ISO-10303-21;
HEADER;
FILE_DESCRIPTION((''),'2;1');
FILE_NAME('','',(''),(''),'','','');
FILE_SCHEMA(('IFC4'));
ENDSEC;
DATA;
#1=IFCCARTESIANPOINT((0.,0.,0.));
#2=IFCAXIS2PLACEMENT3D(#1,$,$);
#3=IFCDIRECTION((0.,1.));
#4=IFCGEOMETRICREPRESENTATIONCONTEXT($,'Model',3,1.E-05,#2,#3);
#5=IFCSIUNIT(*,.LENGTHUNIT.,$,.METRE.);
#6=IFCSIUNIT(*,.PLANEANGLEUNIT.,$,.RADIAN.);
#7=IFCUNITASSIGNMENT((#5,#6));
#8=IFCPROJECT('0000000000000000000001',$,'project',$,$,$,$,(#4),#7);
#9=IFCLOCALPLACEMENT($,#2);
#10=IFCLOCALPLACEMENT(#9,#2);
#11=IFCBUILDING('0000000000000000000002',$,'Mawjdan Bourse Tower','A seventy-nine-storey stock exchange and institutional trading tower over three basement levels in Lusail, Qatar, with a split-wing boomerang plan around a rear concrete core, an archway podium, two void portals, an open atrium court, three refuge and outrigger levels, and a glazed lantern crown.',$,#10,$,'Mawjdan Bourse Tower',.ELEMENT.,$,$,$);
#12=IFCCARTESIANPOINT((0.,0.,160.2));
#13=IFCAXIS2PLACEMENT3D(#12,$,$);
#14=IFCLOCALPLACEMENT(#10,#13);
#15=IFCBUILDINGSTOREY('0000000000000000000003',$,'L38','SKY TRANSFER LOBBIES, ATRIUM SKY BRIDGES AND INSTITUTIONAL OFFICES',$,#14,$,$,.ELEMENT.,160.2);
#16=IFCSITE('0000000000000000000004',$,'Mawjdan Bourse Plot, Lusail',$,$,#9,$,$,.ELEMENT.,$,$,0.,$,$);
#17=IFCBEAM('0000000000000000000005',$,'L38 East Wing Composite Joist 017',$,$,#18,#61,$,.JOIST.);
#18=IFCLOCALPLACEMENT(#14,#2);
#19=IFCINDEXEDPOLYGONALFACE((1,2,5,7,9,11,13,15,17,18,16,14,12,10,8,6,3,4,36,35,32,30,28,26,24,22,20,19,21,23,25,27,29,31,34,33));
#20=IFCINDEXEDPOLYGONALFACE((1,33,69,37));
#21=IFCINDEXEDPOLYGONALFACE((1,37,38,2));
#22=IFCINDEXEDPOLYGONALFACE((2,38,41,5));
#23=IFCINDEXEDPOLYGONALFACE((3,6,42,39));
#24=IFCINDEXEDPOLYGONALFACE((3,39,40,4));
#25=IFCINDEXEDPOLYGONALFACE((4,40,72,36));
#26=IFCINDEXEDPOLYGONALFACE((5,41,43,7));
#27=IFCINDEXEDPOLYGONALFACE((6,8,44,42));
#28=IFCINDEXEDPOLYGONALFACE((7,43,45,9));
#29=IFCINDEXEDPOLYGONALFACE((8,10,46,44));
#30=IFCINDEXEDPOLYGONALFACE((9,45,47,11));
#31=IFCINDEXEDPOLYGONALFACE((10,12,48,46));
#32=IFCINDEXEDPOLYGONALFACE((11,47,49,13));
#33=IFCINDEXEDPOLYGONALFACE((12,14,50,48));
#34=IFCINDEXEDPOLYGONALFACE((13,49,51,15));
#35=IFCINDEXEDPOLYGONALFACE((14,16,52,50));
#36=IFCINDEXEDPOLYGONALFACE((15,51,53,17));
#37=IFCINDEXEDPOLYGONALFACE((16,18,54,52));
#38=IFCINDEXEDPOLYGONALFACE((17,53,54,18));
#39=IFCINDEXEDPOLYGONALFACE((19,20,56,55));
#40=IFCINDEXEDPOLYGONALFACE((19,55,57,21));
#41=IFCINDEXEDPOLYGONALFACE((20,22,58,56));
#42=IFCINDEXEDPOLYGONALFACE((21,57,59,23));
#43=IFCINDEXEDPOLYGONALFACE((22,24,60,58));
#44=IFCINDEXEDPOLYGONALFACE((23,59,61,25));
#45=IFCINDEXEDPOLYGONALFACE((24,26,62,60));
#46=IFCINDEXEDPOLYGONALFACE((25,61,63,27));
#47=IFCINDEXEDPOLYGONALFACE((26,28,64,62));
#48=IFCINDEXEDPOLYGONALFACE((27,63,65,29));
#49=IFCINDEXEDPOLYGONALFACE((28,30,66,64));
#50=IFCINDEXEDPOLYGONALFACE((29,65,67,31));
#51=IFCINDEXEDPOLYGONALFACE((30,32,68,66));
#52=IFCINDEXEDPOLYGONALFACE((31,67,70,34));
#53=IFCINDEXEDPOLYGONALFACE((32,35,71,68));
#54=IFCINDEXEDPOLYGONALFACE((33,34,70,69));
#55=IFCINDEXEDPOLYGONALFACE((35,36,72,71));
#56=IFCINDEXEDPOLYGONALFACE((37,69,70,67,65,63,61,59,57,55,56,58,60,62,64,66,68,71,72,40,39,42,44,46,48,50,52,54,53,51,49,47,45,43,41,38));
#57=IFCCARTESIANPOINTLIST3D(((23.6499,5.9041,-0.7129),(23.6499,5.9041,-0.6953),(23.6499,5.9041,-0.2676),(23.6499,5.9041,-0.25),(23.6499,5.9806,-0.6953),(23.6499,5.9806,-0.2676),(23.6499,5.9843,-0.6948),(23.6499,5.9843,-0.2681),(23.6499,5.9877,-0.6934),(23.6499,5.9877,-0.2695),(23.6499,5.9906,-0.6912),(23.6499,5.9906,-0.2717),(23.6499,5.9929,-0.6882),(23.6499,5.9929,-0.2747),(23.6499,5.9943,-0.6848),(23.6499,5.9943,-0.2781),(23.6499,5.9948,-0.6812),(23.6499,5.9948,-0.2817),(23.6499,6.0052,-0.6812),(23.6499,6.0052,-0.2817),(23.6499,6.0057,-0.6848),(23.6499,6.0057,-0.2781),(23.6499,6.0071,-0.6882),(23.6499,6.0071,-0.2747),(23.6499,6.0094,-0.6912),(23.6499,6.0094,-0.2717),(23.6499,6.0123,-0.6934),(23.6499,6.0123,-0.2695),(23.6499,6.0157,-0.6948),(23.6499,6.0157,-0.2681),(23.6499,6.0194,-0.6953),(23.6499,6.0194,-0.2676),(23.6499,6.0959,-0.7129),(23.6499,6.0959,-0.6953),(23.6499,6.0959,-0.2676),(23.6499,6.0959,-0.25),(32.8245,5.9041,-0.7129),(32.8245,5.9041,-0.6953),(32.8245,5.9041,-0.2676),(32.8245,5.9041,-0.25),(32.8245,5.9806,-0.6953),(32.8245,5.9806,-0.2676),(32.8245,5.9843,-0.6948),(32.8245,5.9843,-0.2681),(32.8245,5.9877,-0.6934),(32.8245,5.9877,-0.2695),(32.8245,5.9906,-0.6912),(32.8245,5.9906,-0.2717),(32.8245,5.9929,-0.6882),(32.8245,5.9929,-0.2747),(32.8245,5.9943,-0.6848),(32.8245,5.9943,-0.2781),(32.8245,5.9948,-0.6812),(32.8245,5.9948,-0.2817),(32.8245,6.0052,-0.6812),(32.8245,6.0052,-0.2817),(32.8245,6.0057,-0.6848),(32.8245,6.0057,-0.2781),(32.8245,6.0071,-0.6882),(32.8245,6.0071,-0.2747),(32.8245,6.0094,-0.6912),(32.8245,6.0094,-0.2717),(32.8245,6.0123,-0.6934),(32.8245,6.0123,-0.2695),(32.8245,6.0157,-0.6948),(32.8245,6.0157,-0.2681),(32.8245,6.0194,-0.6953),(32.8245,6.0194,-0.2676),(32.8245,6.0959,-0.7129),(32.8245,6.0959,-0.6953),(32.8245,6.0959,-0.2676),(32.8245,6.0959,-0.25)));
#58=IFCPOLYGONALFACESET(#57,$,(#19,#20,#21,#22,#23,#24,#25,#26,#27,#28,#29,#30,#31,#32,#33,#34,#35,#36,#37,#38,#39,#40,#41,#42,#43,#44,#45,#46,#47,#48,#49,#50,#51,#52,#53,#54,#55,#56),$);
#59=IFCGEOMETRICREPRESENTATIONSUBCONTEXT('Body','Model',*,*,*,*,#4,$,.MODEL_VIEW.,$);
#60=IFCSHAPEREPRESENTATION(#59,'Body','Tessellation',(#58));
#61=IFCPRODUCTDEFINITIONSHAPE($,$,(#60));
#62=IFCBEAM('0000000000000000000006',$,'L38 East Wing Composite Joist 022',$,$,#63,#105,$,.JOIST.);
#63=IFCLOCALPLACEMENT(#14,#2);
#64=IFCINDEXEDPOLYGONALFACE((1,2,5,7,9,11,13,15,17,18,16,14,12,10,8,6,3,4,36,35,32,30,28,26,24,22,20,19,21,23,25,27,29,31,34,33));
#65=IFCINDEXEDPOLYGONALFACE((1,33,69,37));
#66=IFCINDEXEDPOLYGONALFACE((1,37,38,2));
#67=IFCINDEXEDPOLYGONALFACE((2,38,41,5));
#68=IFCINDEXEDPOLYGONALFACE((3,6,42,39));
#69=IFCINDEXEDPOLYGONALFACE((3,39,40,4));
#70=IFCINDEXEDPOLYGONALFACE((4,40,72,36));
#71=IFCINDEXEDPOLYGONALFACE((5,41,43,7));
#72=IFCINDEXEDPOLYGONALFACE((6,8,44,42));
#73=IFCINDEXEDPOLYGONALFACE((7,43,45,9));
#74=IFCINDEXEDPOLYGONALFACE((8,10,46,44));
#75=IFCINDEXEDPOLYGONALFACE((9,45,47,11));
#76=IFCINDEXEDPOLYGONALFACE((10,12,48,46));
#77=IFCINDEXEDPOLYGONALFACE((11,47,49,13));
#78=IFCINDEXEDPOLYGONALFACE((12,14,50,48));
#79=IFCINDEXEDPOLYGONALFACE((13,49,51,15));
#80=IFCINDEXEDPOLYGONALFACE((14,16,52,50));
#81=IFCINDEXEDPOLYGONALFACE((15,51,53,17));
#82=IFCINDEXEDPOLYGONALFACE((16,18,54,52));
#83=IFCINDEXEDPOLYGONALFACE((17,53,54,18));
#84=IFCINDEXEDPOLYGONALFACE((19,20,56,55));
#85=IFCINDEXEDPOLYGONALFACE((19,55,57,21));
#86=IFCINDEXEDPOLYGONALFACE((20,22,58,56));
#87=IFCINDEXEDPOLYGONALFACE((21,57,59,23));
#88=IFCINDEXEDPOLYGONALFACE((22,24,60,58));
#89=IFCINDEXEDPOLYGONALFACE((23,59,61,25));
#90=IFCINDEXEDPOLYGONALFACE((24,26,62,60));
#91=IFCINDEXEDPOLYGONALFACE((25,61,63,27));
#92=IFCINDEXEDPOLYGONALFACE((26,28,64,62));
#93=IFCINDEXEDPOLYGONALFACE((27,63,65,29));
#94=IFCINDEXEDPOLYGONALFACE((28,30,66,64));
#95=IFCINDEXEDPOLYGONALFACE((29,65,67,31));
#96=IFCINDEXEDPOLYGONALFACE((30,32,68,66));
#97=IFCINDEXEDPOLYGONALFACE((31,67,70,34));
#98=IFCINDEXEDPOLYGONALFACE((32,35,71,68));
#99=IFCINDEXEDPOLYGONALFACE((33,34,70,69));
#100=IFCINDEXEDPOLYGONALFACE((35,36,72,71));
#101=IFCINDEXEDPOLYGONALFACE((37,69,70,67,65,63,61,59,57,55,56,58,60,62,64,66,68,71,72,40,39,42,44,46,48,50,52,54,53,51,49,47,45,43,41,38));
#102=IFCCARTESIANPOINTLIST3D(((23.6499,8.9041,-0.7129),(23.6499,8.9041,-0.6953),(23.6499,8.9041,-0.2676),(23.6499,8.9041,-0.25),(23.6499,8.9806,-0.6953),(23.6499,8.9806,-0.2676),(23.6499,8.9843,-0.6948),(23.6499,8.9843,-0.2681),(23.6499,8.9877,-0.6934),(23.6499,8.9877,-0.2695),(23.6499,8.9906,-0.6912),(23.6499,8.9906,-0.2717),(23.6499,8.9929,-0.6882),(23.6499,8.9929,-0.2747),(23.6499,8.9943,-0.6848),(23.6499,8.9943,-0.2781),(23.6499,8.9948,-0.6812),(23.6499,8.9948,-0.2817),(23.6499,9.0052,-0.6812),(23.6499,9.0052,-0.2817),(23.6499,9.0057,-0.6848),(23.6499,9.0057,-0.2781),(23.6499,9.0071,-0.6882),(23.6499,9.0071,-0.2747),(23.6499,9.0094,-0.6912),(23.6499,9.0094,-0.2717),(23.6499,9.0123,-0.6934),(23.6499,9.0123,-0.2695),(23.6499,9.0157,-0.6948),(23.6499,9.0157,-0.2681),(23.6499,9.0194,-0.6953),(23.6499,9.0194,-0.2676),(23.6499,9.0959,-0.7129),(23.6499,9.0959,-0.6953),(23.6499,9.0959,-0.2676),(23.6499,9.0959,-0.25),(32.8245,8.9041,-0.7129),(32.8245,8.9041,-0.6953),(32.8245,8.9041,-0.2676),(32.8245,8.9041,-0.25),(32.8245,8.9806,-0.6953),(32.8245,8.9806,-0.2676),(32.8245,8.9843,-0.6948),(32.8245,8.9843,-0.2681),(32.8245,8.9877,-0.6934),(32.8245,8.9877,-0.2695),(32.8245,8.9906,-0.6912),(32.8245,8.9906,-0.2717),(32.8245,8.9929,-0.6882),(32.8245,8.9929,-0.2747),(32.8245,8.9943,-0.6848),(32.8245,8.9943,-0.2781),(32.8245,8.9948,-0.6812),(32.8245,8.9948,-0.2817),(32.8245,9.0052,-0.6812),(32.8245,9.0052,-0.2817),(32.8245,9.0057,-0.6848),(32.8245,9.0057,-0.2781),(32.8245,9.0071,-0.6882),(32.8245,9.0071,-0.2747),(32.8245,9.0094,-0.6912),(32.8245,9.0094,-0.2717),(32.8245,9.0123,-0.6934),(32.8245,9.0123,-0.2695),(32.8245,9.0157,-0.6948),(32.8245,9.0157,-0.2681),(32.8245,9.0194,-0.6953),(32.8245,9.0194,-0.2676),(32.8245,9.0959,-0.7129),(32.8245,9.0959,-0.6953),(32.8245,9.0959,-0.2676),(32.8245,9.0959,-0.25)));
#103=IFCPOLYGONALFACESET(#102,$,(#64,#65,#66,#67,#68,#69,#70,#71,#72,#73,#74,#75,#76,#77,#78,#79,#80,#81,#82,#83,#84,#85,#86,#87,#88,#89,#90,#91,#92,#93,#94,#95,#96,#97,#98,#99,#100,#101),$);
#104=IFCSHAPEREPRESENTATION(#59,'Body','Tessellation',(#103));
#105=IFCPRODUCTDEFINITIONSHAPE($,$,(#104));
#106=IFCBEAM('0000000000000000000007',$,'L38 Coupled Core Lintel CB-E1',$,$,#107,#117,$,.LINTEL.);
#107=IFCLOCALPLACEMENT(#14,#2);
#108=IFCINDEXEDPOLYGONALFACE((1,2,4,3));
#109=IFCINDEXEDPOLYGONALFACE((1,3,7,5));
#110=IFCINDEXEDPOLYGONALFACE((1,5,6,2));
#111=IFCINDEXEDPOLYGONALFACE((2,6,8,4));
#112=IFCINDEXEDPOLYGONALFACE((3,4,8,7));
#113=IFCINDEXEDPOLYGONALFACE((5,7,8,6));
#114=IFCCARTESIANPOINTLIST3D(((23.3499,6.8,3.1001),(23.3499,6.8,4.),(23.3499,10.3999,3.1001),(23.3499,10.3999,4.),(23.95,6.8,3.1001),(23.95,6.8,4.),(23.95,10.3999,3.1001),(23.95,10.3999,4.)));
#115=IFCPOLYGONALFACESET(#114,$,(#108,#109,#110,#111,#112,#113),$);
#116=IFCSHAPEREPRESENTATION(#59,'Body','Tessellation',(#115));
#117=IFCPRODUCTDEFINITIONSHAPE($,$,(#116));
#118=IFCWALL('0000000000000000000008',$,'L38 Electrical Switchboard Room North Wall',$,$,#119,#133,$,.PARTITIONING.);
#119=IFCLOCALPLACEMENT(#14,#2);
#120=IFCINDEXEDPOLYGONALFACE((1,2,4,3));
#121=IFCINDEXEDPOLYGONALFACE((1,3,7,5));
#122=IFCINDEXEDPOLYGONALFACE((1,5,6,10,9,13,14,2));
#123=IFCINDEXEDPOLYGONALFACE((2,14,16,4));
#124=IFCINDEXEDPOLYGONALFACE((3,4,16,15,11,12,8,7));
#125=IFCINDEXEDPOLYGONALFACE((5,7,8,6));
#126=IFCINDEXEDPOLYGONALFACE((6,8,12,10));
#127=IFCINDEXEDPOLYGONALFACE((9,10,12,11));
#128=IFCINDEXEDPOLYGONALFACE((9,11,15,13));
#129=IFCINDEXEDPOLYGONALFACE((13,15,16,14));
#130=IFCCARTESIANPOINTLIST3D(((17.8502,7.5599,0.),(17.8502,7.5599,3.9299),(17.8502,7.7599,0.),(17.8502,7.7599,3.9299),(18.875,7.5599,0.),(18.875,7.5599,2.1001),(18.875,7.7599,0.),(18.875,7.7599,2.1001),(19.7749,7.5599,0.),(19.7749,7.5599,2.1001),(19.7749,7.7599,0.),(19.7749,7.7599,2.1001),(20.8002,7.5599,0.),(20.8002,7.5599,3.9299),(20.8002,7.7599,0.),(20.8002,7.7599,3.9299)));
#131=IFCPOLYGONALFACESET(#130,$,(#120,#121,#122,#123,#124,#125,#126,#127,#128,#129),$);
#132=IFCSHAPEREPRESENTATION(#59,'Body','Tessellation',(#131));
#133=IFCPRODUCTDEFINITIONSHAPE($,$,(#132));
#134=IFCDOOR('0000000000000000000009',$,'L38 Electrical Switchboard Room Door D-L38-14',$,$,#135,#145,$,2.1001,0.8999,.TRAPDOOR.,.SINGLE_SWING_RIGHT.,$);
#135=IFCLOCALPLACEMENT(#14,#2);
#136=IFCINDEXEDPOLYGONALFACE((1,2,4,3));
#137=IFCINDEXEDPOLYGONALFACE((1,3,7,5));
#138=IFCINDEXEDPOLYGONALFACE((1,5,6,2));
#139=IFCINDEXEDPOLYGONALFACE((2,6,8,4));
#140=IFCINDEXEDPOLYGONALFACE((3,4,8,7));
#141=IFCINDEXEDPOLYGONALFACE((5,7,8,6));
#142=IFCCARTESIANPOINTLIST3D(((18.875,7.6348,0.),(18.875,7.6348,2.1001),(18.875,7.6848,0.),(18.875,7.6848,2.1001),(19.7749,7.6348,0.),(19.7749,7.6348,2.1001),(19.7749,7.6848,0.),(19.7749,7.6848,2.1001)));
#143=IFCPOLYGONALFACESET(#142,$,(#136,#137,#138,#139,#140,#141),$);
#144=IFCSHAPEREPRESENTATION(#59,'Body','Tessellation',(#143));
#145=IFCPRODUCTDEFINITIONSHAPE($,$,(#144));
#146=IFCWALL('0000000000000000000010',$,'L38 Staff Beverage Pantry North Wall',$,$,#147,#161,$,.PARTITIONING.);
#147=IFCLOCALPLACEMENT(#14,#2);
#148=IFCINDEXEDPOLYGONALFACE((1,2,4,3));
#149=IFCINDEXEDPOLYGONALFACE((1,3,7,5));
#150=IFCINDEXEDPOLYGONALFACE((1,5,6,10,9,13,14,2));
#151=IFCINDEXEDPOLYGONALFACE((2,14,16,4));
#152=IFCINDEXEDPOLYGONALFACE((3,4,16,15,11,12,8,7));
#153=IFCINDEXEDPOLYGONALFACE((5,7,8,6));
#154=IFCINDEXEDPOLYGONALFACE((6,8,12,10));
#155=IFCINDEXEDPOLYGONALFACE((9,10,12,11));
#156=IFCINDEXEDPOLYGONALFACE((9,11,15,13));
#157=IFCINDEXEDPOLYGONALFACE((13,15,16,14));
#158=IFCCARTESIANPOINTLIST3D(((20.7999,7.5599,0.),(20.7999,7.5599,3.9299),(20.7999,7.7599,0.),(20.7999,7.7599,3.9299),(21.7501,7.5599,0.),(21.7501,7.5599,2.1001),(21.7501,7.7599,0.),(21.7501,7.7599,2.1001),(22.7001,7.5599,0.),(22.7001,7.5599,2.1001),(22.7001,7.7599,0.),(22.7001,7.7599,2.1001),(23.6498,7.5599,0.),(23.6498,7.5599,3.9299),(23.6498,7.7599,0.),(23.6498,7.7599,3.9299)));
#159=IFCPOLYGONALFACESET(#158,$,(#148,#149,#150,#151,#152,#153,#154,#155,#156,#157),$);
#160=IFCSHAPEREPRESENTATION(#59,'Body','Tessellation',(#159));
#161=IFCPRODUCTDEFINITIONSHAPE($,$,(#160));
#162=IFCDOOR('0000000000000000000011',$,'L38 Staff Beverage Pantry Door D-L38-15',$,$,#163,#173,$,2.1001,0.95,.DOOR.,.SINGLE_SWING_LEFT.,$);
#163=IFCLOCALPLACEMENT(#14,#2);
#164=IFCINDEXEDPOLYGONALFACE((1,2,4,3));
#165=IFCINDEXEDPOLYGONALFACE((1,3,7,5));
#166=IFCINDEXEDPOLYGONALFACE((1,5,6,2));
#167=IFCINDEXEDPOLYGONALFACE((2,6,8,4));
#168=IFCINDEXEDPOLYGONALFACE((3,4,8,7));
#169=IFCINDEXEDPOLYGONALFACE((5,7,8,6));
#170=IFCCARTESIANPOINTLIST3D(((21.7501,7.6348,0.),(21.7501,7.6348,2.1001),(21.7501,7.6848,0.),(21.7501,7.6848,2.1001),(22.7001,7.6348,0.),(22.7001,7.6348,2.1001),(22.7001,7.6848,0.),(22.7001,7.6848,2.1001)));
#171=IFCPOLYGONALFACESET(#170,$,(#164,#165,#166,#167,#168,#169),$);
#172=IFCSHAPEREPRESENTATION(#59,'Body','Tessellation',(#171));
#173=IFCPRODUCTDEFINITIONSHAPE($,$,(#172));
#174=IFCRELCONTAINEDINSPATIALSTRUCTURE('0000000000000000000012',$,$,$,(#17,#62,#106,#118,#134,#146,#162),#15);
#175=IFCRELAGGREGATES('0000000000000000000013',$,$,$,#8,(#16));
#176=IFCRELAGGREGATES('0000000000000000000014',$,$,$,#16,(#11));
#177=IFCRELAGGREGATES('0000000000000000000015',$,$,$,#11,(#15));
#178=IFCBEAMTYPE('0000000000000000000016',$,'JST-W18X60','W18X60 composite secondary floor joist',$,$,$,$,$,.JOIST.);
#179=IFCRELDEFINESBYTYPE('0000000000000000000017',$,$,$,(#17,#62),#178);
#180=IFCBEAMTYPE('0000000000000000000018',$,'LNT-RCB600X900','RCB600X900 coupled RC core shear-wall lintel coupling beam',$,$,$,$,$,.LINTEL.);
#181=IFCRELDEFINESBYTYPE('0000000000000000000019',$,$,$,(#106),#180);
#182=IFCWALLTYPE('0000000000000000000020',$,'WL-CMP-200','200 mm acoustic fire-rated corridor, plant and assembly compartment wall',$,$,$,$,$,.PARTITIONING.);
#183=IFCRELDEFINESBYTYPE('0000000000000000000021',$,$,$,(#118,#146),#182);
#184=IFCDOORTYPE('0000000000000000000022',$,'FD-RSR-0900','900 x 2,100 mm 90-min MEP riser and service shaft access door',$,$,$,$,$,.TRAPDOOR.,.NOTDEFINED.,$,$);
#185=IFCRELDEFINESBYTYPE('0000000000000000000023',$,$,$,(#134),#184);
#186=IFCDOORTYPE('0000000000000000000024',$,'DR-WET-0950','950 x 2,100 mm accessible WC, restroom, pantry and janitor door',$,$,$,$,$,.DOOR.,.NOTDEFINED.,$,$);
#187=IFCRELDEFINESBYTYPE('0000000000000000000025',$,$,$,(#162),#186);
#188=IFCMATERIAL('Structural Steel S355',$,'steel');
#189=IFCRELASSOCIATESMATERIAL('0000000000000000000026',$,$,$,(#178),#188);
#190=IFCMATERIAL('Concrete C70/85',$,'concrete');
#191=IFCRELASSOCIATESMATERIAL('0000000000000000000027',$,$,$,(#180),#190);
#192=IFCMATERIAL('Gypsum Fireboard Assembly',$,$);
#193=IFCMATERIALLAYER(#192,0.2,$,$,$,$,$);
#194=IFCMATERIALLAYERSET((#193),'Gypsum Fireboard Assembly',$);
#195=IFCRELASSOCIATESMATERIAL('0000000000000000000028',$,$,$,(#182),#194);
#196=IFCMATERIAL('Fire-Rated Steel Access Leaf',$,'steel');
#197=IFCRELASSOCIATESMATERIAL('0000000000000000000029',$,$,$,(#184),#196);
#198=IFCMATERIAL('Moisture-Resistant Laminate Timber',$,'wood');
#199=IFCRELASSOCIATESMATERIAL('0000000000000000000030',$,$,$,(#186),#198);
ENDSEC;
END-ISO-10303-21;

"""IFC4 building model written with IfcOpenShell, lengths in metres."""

from ifc_helpers import new_model, si_unit, direction, frame, frame_2d, origin, origin_2d, place, context, subcontext, project, spatial, rectangle, i_section, extrude, material, layer, layer_set, material_profile, profile_set, type_object, element, fill, save


model = new_model("IFC4")

# Units and contexts
model_context = context("Model", 3, precision=1e-05, world=origin(), true_north=direction((0.0, 1.0)))
body_context = subcontext(model_context, "Body", "Model", "MODEL_VIEW")
ifc_project = project(units=[si_unit("LENGTHUNIT", "METRE"), si_unit("PLANEANGLEUNIT", "RADIAN")], contexts=[model_context])

# Site, building, storey
site_placement = place(None, origin())
site = spatial("IfcSite", under=ifc_project, at=site_placement, Name="Mawjdan Bourse Plot, Lusail", CompositionType="ELEMENT", RefElevation=0.0)
building_placement = place(site_placement, origin())
building = spatial("IfcBuilding", under=site, at=building_placement, Name="Mawjdan Bourse Tower", Description="A seventy-nine-storey stock exchange and institutional trading tower over three basement levels in Lusail, Qatar, with a split-wing boomerang plan around a rear concrete core, an archway podium, two void portals, an open atrium court, three refuge and outrigger levels, and a glazed lantern crown.", LongName="Mawjdan Bourse Tower", CompositionType="ELEMENT")
storey_placement = place(building_placement, frame((0.0, 0.0, 160.2)))
storey = spatial("IfcBuildingStorey", under=building, at=storey_placement, Name="L38", Description="SKY TRANSFER LOBBIES, ATRIUM SKY BRIDGES AND INSTITUTIONAL OFFICES", CompositionType="ELEMENT", Elevation=160.2)

# Beams
ifc_material_1 = material(Name="Structural Steel S355", Category="steel")
ifc_material_profile_1 = material_profile(ifc_material_1, i_section(OverallWidth=0.1919, OverallDepth=0.4629, WebThickness=0.0105, FlangeThickness=0.0176, FilletRadius=0.0142, at=origin_2d()), Name="W18X60")
ifc_profile_set_1 = profile_set([ifc_material_profile_1], Name="Structural Steel S355")
beam_type_1 = type_object("IfcBeamType", Name="JST-W18X60", Description="W18X60 composite secondary floor joist", PredefinedType="JOIST", material=ifc_profile_set_1)
for number, where, z_axis, x_axis, name in (
    (1, (23.6499, 6.0, -0.4814), (1.0, 0.0, 0.0), (0.0, 1.0, 0.0), "L38 East Wing Composite Joist 017"),
    (2, (23.6499, 9.0, -0.4814), (1.0, 0.0, 0.0), (0.0, 1.0, 0.0), "L38 East Wing Composite Joist 022"),
):
    element("IfcBeam", number, at=place(storey_placement, frame(where, z_axis=z_axis, x_axis=x_axis)), inside=storey, type_object=beam_type_1, Name=name, PredefinedType="JOIST", context=body_context, shape_type="SweptSolid", body=[
        extrude(i_section(OverallWidth=0.1919, OverallDepth=0.4629, WebThickness=0.0105, FlangeThickness=0.0176, FilletRadius=0.0142, at=origin_2d()), origin(), (0.0, 0.0, 1.0), 9.1746),
    ])
ifc_material_2 = material(Name="Concrete C70/85", Category="concrete")
ifc_material_profile_2 = material_profile(ifc_material_2, rectangle(XDim=0.6001, YDim=0.8999, at=origin_2d()), Name="RCB600X900")
ifc_profile_set_2 = profile_set([ifc_material_profile_2], Name="Concrete C70/85")
beam_type_2 = type_object("IfcBeamType", Name="LNT-RCB600X900", Description="RCB600X900 coupled RC core shear-wall lintel coupling beam", PredefinedType="LINTEL", material=ifc_profile_set_2)
beam_placement = place(storey_placement, frame((23.6499, 6.8, 3.55), z_axis=(0.0, 1.0, 0.0), x_axis=(-1.0, 0.0, 0.0)))
element("IfcBeam", 3, at=beam_placement, inside=storey, type_object=beam_type_2, Name="L38 Coupled Core Lintel CB-E1", PredefinedType="LINTEL", context=body_context, shape_type="SweptSolid", body=[
    extrude(rectangle(XDim=0.6001, YDim=0.8999, at=origin_2d()), origin(), (0.0, 0.0, 1.0), 3.5999),
])

# Walls, openings, doors
ifc_material_3 = material(Name="Gypsum Fireboard Assembly")
ifc_layer_1 = layer(ifc_material_3, 0.2)
ifc_layer_set_1 = layer_set([ifc_layer_1], Name="Gypsum Fireboard Assembly")
wall_type_1 = type_object("IfcWallType", Name="WL-CMP-200", Description="200 mm acoustic fire-rated corridor, plant and assembly compartment wall", PredefinedType="PARTITIONING", material=ifc_layer_set_1)
wall_1_placement = place(storey_placement, frame((17.8501, 7.6599, 0.0), z_axis=(0.0, 0.0, 1.0), x_axis=(1.0, 0.0, 0.0)))
wall_1 = element("IfcWall", 4, at=wall_1_placement, inside=storey, type_object=wall_type_1, Name="L38 Electrical Switchboard Room North Wall", PredefinedType="PARTITIONING", context=body_context, shape_type="SweptSolid", body=[
    extrude(rectangle(XDim=2.95, YDim=0.2, at=frame_2d((1.4751, 0.0))), origin(), (0.0, 0.0, 1.0), 3.9299),
])
opening_1_placement = place(wall_1_placement, frame((1.0249, 0.0, 0.0)))
opening_1 = element("IfcOpeningElement", 5, at=opening_1_placement, cuts=wall_1, PredefinedType="OPENING", context=body_context, shape_type="SweptSolid", body=[
    extrude(rectangle(XDim=0.8999, YDim=2.1001, at=frame_2d((0.45, 1.05))), frame((0.0, 0.1099, 0.0), z_axis=(0.0, -1.0, 0.0), x_axis=(1.0, 0.0, 0.0)), (0.0, 0.0, 1.0), 0.22),
])
ifc_material_4 = material(Name="Fire-Rated Steel Access Leaf", Category="steel")
door_type_1 = type_object("IfcDoorType", Name="FD-RSR-0900", Description="900 x 2,100 mm 90-min MEP riser and service shaft access door", OperationType="NOTDEFINED", PredefinedType="TRAPDOOR", material=ifc_material_4)
door_1_placement = place(opening_1_placement, origin())
door_1 = element("IfcDoor", 6, at=door_1_placement, inside=storey, type_object=door_type_1, Name="L38 Electrical Switchboard Room Door D-L38-14", OperationType="SINGLE_SWING_RIGHT", OverallHeight=2.1001, OverallWidth=0.8999, PredefinedType="TRAPDOOR", context=body_context, shape_type="SweptSolid", body=[
    extrude(rectangle(XDim=0.8999, YDim=2.1001, at=frame_2d((0.45, 1.05))), frame((0.0, 0.0249, 0.0), z_axis=(0.0, -1.0, 0.0), x_axis=(1.0, 0.0, 0.0)), (0.0, 0.0, 1.0), 0.05),
])
fill(opening_1, door_1)
wall_2_placement = place(storey_placement, frame((20.8, 7.6599, 0.0), z_axis=(0.0, 0.0, 1.0), x_axis=(1.0, 0.0, 0.0)))
wall_2 = element("IfcWall", 7, at=wall_2_placement, inside=storey, type_object=wall_type_1, Name="L38 Staff Beverage Pantry North Wall", PredefinedType="PARTITIONING", context=body_context, shape_type="SweptSolid", body=[
    extrude(rectangle(XDim=2.8499, YDim=0.2, at=frame_2d((1.4248, 0.0))), origin(), (0.0, 0.0, 1.0), 3.9299),
])
opening_2_placement = place(wall_2_placement, frame((0.95, 0.0, 0.0)))
opening_2 = element("IfcOpeningElement", 8, at=opening_2_placement, cuts=wall_2, PredefinedType="OPENING", context=body_context, shape_type="SweptSolid", body=[
    extrude(rectangle(XDim=0.95, YDim=2.1001, at=frame_2d((0.4751, 1.05))), frame((0.0, 0.1099, 0.0), z_axis=(0.0, -1.0, 0.0), x_axis=(1.0, 0.0, 0.0)), (0.0, 0.0, 1.0), 0.22),
])
ifc_material_5 = material(Name="Moisture-Resistant Laminate Timber", Category="wood")
door_type_2 = type_object("IfcDoorType", Name="DR-WET-0950", Description="950 x 2,100 mm accessible WC, restroom, pantry and janitor door", OperationType="NOTDEFINED", PredefinedType="DOOR", material=ifc_material_5)
door_2_placement = place(opening_2_placement, origin())
door_2 = element("IfcDoor", 9, at=door_2_placement, inside=storey, type_object=door_type_2, Name="L38 Staff Beverage Pantry Door D-L38-15", OperationType="SINGLE_SWING_LEFT", OverallHeight=2.1001, OverallWidth=0.95, PredefinedType="DOOR", context=body_context, shape_type="SweptSolid", body=[
    extrude(rectangle(XDim=0.95, YDim=2.1001, at=frame_2d((0.4751, 1.05))), frame((0.0, 0.0249, 0.0), z_axis=(0.0, -1.0, 0.0), x_axis=(1.0, 0.0, 0.0)), (0.0, 0.0, 1.0), 0.05),
])
fill(opening_2, door_2)

save(model, "model.ifc")
